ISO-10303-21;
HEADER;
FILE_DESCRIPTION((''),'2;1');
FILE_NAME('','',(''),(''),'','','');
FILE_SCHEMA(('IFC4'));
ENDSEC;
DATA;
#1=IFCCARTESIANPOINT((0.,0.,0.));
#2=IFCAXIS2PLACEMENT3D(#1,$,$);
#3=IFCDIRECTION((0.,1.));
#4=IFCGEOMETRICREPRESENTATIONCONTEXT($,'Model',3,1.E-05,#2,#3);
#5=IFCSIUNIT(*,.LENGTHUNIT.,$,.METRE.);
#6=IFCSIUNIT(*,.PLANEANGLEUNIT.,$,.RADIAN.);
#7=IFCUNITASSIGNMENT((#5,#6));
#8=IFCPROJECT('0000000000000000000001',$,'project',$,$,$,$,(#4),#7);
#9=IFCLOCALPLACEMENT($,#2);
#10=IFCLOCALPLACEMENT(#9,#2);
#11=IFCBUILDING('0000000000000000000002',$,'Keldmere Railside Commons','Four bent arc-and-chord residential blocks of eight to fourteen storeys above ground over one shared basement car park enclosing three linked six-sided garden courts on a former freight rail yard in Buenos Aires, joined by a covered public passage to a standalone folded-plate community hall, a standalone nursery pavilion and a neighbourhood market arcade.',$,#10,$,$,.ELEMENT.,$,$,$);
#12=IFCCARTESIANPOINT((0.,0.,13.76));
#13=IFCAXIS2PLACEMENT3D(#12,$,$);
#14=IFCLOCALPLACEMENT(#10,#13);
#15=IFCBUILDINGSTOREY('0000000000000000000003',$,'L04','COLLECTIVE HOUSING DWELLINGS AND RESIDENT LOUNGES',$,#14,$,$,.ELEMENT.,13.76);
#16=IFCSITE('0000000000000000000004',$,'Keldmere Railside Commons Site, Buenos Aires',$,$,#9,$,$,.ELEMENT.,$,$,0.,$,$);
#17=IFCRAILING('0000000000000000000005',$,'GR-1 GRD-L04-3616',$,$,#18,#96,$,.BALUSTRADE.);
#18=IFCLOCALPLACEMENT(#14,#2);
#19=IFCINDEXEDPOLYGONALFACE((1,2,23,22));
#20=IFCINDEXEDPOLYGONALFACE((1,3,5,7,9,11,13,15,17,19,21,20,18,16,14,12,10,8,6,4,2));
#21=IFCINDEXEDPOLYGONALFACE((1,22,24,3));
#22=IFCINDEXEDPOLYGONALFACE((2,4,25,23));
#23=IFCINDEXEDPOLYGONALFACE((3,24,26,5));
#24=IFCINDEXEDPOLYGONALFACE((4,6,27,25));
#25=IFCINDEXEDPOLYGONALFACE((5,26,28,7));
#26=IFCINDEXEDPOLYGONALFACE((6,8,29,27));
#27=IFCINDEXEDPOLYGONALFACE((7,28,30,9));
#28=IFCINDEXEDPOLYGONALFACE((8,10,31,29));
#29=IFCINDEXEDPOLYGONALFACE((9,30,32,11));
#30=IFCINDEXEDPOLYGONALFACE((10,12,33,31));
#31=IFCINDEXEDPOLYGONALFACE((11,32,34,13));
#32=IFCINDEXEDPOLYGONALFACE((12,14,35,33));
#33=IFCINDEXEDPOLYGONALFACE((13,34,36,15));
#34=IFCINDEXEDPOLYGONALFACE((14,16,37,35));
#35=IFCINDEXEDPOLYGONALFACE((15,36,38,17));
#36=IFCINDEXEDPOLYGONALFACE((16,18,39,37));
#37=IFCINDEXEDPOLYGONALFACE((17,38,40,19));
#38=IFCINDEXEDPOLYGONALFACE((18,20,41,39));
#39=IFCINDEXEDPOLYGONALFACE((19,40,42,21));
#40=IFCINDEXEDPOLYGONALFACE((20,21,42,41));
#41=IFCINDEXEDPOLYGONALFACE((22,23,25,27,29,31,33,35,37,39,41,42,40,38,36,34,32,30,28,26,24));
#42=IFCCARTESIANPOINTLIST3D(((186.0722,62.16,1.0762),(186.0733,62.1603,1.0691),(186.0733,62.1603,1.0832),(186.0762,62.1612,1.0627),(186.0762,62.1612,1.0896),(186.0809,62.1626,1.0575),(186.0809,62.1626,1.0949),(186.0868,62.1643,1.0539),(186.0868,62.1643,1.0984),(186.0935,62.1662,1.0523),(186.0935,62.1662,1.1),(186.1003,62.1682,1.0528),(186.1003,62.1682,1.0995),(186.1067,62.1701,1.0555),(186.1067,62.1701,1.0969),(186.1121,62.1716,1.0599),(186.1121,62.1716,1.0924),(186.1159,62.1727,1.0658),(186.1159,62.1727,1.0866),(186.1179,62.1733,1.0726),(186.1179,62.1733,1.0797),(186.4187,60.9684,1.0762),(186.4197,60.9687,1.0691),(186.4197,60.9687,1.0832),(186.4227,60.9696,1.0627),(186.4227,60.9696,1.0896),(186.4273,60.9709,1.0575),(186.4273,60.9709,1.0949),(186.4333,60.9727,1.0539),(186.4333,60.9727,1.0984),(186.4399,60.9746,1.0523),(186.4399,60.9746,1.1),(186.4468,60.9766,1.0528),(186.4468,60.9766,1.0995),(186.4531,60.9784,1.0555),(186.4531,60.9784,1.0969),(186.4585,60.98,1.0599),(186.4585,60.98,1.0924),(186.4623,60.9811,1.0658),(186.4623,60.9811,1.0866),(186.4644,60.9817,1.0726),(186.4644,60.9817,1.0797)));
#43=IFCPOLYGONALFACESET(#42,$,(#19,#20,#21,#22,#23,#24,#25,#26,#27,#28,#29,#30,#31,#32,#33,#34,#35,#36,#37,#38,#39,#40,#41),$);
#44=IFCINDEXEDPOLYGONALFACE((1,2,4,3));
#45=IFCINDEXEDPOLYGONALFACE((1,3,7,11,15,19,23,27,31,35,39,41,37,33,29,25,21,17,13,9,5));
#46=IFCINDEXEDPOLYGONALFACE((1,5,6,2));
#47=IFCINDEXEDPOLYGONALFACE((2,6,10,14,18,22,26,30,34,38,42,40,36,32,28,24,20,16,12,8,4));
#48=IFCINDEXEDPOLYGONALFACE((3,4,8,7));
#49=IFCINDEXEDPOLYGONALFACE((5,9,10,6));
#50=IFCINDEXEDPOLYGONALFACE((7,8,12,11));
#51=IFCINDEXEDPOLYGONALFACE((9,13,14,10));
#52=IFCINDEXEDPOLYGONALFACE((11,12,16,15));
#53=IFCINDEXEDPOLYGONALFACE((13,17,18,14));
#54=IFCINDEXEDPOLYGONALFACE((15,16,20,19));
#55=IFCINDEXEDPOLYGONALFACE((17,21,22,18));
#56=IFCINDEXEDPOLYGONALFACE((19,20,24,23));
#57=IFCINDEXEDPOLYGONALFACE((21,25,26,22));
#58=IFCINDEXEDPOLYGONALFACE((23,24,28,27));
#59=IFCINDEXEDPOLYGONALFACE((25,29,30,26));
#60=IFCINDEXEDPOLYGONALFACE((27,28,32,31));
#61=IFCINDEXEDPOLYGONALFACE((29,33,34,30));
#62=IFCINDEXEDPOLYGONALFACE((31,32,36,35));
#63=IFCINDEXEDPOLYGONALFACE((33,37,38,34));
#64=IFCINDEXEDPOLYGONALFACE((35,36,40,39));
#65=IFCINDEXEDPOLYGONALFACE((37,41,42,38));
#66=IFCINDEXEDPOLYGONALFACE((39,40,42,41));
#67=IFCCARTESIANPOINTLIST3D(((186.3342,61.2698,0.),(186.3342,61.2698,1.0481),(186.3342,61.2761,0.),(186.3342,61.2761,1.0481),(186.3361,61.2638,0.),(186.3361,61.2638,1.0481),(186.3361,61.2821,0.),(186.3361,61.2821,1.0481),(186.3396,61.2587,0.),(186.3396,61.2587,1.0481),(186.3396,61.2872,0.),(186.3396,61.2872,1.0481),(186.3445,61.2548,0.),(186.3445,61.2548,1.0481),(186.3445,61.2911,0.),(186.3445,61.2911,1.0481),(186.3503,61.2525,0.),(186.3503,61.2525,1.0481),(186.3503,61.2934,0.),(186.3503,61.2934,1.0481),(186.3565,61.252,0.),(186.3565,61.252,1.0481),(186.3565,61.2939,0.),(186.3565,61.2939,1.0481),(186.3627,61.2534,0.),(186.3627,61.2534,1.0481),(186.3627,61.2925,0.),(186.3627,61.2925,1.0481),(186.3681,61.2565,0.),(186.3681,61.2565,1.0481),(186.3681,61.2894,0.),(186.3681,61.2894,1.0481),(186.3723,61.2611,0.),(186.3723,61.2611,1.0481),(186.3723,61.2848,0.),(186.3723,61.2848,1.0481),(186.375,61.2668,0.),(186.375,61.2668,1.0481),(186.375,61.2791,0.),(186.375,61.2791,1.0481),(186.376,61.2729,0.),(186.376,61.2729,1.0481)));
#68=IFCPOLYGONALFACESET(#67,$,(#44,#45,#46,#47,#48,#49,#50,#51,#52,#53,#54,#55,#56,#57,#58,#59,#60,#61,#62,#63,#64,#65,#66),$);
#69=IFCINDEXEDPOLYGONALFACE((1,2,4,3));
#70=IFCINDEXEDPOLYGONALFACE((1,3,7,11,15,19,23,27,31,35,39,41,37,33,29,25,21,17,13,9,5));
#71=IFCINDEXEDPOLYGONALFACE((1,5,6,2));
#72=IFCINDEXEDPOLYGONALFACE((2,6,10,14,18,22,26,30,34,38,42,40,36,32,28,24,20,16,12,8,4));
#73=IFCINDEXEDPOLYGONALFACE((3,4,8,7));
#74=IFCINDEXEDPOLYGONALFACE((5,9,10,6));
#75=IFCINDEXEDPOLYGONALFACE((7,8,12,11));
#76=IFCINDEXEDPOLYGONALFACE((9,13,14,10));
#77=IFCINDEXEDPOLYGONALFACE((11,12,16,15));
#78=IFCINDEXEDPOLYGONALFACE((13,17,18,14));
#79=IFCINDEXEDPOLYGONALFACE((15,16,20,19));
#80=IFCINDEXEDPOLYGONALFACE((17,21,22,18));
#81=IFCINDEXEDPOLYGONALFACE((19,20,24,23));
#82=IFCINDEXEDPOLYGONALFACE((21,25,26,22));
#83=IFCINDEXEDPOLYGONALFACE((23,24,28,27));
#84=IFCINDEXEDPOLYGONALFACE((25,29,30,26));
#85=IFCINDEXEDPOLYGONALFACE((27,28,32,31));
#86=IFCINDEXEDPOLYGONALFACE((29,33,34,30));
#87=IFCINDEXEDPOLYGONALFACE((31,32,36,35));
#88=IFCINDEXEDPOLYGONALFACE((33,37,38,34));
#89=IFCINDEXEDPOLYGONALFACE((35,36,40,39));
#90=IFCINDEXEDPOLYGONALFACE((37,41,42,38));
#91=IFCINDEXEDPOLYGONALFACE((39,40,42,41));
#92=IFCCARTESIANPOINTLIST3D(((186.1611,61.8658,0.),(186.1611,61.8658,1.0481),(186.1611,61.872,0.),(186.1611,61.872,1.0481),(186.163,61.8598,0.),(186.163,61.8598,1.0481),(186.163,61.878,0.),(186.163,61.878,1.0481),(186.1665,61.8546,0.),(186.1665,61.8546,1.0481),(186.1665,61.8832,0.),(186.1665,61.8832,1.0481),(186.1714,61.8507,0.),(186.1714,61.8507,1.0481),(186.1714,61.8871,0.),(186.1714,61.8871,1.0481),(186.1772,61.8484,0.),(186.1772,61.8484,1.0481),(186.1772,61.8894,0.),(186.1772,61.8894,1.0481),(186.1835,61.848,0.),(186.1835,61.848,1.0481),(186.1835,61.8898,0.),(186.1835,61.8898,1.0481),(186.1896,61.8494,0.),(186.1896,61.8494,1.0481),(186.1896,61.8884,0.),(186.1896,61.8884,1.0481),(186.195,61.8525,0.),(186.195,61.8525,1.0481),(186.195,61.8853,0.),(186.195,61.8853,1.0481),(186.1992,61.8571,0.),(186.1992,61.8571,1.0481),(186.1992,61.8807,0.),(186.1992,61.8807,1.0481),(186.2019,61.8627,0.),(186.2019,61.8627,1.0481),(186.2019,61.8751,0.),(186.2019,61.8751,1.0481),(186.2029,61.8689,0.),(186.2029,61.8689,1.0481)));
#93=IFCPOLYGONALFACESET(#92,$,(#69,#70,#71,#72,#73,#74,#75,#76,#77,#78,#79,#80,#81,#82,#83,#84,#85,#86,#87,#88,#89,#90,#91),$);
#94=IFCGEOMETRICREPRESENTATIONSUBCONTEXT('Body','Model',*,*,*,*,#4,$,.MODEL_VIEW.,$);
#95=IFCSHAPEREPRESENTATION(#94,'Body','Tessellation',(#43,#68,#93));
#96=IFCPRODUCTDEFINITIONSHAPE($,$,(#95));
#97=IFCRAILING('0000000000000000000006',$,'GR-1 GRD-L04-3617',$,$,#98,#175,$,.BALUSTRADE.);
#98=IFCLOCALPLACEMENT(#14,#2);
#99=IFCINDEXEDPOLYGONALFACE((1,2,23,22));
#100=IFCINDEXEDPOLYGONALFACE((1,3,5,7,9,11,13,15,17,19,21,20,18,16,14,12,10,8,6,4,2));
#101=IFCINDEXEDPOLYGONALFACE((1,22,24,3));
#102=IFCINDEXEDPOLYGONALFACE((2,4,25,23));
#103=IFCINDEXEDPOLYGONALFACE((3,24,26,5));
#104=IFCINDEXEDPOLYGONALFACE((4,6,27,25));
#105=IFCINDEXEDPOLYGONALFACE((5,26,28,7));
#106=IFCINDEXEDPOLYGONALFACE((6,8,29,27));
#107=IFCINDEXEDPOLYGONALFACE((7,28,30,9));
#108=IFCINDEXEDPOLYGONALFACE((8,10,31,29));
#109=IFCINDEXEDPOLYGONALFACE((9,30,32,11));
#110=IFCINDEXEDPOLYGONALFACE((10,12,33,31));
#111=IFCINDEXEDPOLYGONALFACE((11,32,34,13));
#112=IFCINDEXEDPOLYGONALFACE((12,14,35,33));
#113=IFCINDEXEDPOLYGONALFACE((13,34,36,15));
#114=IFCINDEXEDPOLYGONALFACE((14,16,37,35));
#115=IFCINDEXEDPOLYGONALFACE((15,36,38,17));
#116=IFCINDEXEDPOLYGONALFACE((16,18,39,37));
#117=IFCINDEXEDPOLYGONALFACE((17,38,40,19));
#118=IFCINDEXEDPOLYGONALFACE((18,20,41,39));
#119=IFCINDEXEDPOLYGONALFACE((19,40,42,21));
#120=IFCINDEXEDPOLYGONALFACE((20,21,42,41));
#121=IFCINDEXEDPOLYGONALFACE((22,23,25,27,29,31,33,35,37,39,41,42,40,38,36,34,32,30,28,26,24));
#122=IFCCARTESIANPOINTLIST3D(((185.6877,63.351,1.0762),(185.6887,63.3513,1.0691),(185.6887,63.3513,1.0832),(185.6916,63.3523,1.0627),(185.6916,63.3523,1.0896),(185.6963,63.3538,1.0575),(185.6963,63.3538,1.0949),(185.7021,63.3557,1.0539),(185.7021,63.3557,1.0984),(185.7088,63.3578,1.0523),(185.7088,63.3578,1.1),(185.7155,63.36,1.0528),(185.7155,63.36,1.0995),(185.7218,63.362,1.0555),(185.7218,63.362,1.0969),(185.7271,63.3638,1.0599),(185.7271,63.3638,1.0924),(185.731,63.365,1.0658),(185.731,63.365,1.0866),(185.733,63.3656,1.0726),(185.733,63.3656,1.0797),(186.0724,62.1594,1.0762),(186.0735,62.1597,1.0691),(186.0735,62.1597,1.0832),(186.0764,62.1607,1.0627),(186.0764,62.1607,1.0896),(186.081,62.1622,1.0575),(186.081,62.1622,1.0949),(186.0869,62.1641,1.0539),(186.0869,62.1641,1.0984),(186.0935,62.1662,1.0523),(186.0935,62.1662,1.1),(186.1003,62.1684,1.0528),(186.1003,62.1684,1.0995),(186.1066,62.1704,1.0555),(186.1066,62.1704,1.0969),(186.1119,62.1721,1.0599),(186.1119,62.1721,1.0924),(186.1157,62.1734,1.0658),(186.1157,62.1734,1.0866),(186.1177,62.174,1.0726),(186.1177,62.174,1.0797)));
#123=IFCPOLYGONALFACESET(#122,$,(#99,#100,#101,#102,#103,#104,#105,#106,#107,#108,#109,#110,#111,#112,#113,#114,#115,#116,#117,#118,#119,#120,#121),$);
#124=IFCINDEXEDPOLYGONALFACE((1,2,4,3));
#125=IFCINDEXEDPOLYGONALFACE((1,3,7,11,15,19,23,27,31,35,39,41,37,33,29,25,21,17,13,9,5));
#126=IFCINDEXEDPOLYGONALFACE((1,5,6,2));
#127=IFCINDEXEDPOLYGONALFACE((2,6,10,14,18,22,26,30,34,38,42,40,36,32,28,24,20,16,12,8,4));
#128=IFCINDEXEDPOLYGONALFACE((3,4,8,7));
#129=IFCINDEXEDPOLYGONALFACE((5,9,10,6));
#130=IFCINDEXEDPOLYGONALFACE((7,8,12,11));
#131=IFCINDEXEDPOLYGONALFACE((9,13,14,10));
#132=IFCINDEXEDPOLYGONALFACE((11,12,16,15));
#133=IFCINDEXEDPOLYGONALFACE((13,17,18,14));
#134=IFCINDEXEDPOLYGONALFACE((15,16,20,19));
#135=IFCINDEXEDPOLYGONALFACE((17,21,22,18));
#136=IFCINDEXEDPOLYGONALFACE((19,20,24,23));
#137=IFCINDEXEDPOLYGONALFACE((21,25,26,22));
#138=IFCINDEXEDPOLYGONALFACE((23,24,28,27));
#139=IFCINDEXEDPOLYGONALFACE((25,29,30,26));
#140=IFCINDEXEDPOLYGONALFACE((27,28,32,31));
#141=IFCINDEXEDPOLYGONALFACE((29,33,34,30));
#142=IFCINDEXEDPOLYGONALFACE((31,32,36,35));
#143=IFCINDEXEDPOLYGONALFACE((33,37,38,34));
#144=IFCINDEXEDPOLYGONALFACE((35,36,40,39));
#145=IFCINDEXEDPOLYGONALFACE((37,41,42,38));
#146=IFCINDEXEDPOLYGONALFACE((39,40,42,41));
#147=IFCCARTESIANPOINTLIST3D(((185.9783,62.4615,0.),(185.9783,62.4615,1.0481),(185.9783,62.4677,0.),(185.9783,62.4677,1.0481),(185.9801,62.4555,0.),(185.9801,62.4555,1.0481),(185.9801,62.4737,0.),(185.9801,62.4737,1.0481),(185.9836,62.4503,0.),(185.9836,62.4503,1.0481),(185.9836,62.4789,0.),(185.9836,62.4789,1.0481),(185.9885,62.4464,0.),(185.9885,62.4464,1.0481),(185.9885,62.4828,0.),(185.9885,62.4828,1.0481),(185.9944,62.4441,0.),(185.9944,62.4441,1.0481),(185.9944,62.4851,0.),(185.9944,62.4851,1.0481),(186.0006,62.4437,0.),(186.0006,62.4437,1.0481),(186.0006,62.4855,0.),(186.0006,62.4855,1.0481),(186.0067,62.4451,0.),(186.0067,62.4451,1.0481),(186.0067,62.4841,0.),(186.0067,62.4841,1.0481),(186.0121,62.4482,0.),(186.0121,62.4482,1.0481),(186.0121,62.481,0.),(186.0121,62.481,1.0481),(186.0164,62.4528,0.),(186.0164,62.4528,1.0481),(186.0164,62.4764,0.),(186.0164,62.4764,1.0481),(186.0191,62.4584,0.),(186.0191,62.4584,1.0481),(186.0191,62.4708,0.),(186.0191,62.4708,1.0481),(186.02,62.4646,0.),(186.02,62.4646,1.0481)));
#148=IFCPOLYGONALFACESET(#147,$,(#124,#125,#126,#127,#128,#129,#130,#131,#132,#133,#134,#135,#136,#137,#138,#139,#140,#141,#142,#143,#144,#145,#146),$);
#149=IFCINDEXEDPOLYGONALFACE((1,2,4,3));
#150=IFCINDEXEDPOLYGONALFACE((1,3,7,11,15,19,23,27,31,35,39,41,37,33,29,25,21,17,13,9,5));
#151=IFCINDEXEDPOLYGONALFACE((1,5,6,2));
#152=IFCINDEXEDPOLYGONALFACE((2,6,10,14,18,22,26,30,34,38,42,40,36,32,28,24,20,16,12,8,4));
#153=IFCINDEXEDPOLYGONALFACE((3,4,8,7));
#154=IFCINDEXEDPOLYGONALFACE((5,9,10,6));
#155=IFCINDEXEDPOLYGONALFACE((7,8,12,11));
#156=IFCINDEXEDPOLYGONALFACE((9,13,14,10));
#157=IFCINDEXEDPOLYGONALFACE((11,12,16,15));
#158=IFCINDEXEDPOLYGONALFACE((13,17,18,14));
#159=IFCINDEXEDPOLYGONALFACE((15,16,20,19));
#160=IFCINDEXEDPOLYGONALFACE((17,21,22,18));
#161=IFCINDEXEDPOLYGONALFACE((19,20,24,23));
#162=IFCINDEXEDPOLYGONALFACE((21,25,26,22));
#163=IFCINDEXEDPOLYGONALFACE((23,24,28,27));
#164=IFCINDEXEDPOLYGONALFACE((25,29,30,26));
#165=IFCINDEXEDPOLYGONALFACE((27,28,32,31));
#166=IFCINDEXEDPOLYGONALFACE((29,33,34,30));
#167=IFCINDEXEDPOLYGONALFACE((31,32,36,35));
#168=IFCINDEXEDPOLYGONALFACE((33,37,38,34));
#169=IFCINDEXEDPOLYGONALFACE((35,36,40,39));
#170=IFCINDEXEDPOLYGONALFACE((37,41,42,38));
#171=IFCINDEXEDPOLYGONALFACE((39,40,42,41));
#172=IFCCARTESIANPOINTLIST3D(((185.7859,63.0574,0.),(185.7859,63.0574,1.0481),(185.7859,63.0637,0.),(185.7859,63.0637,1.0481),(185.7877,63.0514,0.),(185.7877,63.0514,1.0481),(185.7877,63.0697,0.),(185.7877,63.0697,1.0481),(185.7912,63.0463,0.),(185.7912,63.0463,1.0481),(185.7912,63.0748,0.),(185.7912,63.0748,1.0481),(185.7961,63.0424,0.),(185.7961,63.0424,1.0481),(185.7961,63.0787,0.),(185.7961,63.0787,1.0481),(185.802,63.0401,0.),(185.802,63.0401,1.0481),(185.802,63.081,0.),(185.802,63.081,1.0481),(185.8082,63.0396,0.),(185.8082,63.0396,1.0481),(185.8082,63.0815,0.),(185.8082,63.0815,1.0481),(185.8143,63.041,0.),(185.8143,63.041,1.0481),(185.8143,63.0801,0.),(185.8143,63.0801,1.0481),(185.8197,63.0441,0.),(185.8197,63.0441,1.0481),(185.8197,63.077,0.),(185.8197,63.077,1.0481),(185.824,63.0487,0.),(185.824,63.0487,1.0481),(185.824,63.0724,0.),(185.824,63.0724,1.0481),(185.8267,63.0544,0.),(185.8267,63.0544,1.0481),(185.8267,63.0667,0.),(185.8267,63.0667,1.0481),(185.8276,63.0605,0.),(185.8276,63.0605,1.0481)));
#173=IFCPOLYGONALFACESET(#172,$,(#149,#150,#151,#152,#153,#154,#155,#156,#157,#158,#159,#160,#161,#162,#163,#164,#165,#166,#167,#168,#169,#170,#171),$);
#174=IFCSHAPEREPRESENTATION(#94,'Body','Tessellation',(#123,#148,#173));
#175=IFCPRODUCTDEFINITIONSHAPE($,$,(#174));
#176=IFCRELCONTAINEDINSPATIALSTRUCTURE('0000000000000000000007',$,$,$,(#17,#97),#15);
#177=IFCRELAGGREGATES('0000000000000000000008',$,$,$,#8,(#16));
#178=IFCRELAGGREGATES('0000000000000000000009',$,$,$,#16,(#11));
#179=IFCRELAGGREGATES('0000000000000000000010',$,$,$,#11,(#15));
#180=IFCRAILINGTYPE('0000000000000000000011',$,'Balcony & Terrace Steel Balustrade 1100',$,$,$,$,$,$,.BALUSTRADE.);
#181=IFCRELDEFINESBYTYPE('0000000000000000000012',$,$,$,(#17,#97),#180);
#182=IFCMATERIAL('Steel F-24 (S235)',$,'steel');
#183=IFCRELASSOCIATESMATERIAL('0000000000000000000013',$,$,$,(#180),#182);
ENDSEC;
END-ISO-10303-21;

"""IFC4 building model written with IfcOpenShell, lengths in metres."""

from ifc_helpers import new_model, si_unit, direction, frame, origin, origin_2d, place, context, subcontext, project, spatial, circle, extrude, material, type_object, element, save


model = new_model("IFC4")

# Units and contexts
model_context = context("Model", 3, precision=1e-05, world=origin(), true_north=direction((0.0, 1.0)))
body_context = subcontext(model_context, "Body", "Model", "MODEL_VIEW")
ifc_project = project(units=[si_unit("LENGTHUNIT", "METRE"), si_unit("PLANEANGLEUNIT", "RADIAN")], contexts=[model_context])

# Site, building, storey
site_placement = place(None, origin())
site = spatial("IfcSite", under=ifc_project, at=site_placement, Name="Keldmere Railside Commons Site, Buenos Aires", CompositionType="ELEMENT", RefElevation=0.0)
building_placement = place(site_placement, origin())
building = spatial("IfcBuilding", under=site, at=building_placement, Name="Keldmere Railside Commons", Description="Four bent arc-and-chord residential blocks of eight to fourteen storeys above ground over one shared basement car park enclosing three linked six-sided garden courts on a former freight rail yard in Buenos Aires, joined by a covered public passage to a standalone folded-plate community hall, a standalone nursery pavilion and a neighbourhood market arcade.", CompositionType="ELEMENT")
storey_placement = place(building_placement, frame((0.0, 0.0, 13.76)))
storey = spatial("IfcBuildingStorey", under=building, at=storey_placement, Name="L04", Description="COLLECTIVE HOUSING DWELLINGS AND RESIDENT LOUNGES", CompositionType="ELEMENT", Elevation=13.76)

# Railings
ifc_material_1 = material(Name="Steel F-24 (S235)", Category="steel")
railing_type = type_object("IfcRailingType", Name="Balcony & Terrace Steel Balustrade 1100", PredefinedType="BALUSTRADE", material=ifc_material_1)
railing_1_placement = place(storey_placement, frame((186.4417, 60.9751, 0.0)))
element("IfcRailing", 1, at=railing_1_placement, inside=storey, type_object=railing_type, Name="GR-1 GRD-L04-3616", PredefinedType="BALUSTRADE", context=body_context, shape_type="SweptSolid", body=[
    extrude(circle(Radius=0.0239, at=origin_2d()), frame((0.0, 0.0, 1.0762), z_axis=(-0.279161, 0.960244, 0.0), x_axis=(-0.960244, -0.279161, 0.0)), (0.0, 0.0, 1.0), 1.241),
    extrude(circle(Radius=0.021, at=origin_2d()), frame((-0.0867, 0.2979, 0.0)), (0.0, 0.0, 1.0), 1.0481),
    extrude(circle(Radius=0.021, at=origin_2d()), frame((-0.2598, 0.8938, 0.0)), (0.0, 0.0, 1.0), 1.0481),
])
railing_2_placement = place(storey_placement, frame((186.0952, 62.1667, 0.0)))
element("IfcRailing", 2, at=railing_2_placement, inside=storey, type_object=railing_type, Name="GR-1 GRD-L04-3617", PredefinedType="BALUSTRADE", context=body_context, shape_type="SweptSolid", body=[
    extrude(circle(Radius=0.0239, at=origin_2d()), frame((0.0, 0.0, 1.0762), z_axis=(-0.307265, 0.951624, 0.0), x_axis=(-0.951624, -0.307265, 0.0)), (0.0, 0.0, 1.0), 1.2522),
    extrude(circle(Radius=0.021, at=origin_2d()), frame((-0.0962, 0.2979, 0.0)), (0.0, 0.0, 1.0), 1.0481),
    extrude(circle(Radius=0.021, at=origin_2d()), frame((-0.2886, 0.8938, 0.0)), (0.0, 0.0, 1.0), 1.0481),
])

save(model, "model.ifc")
